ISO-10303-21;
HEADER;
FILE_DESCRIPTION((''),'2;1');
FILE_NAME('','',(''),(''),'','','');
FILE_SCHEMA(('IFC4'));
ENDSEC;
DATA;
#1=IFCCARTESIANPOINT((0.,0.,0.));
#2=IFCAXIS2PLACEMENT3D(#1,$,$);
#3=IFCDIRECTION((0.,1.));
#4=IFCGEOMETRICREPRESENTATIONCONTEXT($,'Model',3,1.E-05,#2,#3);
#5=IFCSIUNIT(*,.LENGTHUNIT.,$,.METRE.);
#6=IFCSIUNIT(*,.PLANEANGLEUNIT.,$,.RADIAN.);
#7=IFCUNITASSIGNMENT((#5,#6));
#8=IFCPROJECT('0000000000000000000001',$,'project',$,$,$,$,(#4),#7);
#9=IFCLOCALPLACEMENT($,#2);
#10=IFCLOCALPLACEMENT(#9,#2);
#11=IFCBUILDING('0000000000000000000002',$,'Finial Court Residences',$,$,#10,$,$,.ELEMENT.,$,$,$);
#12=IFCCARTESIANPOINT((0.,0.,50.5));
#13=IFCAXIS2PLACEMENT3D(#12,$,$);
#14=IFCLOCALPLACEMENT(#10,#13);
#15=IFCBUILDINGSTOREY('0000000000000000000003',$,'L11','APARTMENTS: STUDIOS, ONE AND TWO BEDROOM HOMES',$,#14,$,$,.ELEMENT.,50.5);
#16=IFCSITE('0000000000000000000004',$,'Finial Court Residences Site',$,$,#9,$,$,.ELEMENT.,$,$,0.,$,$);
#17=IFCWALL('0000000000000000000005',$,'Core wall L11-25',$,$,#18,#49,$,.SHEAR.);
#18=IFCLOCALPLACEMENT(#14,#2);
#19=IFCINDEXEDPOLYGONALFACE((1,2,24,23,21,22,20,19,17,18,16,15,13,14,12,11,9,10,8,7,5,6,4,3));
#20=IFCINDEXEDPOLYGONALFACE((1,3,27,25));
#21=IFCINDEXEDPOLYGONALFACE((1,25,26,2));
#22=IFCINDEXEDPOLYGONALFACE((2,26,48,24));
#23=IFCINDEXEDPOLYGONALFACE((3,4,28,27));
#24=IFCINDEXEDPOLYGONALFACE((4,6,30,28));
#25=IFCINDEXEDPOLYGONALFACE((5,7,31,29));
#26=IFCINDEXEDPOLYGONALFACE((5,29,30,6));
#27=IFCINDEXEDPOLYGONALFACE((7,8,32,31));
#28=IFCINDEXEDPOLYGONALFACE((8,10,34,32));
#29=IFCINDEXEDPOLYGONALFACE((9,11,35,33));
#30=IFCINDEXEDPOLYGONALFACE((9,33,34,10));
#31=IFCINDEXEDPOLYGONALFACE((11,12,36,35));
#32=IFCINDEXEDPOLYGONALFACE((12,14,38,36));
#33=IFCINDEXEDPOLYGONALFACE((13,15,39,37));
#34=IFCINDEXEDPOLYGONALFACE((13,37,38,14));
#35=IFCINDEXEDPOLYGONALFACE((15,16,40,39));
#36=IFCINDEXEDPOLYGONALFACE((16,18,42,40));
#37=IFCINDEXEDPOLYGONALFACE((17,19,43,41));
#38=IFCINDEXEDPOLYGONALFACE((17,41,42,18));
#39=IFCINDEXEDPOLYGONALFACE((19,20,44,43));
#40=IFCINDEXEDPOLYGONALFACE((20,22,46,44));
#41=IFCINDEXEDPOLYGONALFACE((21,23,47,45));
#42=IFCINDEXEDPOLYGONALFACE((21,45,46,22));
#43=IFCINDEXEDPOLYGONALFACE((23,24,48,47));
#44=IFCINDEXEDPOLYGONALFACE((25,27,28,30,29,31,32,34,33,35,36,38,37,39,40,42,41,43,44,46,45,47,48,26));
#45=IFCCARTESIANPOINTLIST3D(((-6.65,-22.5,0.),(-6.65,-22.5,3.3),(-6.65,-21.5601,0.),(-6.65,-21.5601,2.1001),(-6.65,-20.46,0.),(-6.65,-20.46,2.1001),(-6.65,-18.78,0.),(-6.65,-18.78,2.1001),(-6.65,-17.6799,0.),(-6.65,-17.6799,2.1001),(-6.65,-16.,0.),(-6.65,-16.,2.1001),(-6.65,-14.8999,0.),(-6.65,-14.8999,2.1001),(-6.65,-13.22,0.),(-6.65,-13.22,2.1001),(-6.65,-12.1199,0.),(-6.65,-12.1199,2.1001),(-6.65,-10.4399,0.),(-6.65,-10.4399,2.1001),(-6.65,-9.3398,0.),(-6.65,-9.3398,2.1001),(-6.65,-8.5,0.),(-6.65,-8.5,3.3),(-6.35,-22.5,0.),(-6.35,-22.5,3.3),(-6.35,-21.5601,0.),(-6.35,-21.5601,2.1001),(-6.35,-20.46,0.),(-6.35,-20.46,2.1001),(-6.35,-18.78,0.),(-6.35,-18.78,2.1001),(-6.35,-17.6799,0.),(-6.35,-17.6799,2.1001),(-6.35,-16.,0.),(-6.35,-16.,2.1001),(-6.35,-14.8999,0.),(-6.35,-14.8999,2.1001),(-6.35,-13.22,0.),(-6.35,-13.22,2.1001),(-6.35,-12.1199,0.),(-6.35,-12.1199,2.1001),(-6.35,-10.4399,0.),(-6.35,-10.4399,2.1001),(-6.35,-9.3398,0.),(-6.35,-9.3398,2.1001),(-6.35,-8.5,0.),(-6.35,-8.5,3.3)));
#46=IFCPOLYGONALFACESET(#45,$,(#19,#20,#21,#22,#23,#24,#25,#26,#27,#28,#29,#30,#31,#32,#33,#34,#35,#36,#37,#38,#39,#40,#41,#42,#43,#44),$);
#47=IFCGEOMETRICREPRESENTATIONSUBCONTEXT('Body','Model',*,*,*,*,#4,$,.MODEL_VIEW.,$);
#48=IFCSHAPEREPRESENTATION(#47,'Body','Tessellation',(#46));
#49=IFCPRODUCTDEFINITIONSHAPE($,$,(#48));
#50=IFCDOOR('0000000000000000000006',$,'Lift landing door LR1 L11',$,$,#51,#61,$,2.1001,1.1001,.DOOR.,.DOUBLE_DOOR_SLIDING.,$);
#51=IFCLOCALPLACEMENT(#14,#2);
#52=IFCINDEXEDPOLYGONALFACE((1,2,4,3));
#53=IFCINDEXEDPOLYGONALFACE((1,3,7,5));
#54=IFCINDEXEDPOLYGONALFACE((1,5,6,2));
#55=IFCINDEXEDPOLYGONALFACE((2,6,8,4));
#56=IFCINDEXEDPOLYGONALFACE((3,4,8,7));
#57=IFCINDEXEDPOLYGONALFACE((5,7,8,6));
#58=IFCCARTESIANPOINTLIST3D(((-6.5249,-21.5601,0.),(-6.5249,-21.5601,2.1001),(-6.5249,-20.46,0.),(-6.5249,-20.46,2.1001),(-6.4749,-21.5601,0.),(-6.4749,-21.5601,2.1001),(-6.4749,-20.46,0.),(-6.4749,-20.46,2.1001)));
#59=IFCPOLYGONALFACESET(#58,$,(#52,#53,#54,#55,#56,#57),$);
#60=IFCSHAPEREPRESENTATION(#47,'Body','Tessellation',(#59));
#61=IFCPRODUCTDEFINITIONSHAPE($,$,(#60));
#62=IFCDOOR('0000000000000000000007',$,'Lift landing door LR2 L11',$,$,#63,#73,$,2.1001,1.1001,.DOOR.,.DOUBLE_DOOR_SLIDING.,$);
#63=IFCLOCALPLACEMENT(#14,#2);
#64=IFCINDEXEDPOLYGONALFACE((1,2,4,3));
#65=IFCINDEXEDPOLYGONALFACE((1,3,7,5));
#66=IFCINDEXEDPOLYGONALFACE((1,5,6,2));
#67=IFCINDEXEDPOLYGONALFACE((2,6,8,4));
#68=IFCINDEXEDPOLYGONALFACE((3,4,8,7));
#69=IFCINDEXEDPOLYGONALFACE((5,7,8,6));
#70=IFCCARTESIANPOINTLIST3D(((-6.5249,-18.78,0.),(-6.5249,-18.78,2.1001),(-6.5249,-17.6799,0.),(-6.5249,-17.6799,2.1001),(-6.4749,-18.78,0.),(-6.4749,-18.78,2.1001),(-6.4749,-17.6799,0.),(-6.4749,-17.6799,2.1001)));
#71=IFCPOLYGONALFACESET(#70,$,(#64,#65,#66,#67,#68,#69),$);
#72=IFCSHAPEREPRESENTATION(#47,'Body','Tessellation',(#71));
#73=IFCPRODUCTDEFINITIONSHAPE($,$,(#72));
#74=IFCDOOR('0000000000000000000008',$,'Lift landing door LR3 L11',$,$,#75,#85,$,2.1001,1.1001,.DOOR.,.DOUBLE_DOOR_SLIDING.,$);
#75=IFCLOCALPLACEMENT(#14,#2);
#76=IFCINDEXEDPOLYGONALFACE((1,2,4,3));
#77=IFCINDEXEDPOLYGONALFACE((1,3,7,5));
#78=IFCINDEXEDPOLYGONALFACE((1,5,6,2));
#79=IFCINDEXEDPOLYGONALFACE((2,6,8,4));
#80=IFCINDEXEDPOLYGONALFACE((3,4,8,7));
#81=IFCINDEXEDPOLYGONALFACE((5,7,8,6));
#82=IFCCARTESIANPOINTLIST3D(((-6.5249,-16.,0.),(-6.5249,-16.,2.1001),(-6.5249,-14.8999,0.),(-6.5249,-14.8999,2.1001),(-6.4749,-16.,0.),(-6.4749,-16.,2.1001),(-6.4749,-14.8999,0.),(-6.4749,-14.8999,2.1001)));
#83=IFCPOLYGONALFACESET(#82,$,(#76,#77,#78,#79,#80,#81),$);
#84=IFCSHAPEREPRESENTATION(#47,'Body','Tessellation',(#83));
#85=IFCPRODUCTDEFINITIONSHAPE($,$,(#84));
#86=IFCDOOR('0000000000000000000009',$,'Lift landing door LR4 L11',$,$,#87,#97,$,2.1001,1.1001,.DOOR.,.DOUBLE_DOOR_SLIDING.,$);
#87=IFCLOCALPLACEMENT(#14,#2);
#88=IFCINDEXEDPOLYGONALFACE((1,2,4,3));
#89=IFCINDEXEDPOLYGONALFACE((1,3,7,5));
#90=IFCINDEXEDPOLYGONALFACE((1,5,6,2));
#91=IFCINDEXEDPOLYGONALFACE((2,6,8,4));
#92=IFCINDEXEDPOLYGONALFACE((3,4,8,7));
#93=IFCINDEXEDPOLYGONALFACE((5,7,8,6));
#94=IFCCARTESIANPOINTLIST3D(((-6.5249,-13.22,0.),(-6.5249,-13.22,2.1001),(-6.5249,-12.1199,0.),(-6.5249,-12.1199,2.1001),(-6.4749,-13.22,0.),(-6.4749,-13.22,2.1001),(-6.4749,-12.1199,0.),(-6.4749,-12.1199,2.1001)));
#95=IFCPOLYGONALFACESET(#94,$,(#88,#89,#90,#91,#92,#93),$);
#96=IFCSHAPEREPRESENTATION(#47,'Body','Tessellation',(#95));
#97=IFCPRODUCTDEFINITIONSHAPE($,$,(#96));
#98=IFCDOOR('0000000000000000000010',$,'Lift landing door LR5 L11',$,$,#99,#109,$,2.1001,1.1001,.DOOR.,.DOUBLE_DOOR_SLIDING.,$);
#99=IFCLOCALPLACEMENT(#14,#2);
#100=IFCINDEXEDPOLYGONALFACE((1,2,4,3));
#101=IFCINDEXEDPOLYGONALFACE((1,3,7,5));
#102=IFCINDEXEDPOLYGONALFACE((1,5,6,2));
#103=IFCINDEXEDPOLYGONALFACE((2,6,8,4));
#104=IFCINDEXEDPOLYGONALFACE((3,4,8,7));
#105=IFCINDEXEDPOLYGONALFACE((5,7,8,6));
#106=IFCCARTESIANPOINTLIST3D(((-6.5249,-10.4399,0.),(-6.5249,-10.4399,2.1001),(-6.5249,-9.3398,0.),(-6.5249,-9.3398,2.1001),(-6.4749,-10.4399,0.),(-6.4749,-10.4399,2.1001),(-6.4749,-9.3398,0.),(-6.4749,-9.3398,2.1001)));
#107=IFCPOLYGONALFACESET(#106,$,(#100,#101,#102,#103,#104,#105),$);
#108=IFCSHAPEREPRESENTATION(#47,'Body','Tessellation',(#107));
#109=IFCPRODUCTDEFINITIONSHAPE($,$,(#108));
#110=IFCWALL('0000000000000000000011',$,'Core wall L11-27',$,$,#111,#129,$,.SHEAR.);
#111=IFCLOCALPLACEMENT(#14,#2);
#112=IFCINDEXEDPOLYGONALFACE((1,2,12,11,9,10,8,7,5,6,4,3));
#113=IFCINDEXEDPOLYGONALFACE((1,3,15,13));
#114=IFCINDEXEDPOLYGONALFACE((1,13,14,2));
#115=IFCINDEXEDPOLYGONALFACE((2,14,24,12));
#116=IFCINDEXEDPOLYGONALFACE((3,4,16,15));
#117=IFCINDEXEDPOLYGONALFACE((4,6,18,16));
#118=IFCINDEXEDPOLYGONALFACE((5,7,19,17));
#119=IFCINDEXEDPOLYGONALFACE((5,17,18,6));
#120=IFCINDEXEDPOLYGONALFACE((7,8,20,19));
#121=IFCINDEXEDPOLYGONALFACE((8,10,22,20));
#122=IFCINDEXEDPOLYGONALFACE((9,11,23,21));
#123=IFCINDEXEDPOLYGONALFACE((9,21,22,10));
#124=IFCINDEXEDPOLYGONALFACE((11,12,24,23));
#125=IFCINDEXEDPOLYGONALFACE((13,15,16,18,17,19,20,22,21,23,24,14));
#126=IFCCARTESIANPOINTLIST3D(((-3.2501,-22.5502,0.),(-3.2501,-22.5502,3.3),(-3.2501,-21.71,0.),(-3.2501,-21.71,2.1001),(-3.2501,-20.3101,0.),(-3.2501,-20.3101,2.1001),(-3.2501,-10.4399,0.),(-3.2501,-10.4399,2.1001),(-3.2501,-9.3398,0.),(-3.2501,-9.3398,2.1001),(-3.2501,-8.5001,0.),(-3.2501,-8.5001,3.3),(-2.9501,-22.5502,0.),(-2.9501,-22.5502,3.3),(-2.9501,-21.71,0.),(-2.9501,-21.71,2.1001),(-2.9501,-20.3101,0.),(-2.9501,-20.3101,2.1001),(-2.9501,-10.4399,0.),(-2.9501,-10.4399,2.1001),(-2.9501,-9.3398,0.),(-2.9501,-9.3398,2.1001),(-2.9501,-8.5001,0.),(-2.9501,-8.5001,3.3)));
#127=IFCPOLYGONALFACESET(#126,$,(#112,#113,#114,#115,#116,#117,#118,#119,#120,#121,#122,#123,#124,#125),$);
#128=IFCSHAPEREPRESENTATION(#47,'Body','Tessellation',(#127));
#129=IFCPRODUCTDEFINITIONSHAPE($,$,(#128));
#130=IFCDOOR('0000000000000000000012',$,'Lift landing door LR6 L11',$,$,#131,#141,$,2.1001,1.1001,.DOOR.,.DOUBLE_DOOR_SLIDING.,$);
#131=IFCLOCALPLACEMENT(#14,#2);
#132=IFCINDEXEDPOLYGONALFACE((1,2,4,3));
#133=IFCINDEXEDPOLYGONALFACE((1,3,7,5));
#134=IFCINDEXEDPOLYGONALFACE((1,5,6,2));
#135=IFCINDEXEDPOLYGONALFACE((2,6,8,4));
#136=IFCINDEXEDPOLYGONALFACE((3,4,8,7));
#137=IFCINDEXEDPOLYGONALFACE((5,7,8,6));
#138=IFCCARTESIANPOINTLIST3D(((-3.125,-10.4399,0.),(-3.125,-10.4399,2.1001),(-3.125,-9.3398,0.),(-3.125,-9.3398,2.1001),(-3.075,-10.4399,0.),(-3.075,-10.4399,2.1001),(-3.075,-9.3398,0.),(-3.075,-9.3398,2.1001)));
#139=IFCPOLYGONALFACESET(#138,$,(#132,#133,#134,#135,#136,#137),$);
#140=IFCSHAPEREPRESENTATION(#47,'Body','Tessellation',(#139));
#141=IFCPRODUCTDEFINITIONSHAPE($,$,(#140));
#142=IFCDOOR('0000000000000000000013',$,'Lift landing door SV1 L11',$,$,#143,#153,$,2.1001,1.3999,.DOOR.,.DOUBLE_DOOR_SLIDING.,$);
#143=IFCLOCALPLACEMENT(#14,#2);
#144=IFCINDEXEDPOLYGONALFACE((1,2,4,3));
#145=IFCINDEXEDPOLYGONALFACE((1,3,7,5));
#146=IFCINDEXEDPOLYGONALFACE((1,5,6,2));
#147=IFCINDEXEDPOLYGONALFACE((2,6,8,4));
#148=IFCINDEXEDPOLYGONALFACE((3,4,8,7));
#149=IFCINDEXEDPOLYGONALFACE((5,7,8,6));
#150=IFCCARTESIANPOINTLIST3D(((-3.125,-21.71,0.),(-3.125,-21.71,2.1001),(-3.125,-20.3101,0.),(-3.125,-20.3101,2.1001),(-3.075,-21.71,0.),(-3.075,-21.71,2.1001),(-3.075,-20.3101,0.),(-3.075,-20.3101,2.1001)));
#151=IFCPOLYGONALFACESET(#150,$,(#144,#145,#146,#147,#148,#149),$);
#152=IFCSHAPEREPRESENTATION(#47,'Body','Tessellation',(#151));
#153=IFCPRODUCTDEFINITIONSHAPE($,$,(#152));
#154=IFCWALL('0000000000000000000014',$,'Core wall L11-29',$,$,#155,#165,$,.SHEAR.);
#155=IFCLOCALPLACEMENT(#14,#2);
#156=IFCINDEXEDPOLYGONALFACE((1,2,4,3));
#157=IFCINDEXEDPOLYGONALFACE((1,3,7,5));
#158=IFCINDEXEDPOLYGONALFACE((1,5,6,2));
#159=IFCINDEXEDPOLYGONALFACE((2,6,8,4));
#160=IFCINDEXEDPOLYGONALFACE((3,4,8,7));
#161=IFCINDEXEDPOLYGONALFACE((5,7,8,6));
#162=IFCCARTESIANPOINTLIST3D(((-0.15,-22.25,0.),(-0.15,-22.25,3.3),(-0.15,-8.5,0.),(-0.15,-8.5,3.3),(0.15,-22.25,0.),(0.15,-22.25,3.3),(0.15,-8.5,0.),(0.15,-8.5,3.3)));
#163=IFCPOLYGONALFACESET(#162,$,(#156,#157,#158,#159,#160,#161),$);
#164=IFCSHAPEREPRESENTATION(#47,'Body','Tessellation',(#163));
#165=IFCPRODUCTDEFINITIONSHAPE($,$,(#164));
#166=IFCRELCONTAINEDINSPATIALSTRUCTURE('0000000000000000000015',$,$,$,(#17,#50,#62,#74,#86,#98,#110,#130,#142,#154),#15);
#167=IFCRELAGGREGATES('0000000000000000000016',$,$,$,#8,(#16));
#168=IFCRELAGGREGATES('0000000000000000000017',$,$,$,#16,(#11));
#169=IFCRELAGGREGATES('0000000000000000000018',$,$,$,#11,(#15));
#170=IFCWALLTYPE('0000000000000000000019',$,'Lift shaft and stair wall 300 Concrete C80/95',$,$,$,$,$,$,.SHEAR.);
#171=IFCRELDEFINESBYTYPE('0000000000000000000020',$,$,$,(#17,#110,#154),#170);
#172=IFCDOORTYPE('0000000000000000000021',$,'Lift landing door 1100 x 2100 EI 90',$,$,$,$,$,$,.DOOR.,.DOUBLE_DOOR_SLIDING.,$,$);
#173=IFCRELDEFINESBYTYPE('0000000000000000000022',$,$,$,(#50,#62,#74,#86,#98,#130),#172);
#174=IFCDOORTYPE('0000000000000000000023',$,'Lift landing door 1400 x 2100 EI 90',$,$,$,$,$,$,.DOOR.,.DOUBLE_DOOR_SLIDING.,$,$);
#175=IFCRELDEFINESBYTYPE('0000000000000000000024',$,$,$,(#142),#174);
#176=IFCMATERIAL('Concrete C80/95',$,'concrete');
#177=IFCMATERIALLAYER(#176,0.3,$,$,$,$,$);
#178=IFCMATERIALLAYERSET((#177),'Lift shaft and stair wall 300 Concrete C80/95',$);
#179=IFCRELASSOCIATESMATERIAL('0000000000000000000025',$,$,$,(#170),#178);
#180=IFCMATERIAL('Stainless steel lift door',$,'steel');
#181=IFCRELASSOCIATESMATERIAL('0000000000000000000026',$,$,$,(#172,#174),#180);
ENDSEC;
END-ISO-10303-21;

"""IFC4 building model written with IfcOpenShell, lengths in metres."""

from ifc_helpers import new_model, si_unit, direction, frame, frame_2d, origin, place, context, subcontext, project, spatial, rectangle, extrude, material, layer, layer_set, type_object, element, fill, save


model = new_model("IFC4")

# Units and contexts
model_context = context("Model", 3, precision=1e-05, world=origin(), true_north=direction((0.0, 1.0)))
body_context = subcontext(model_context, "Body", "Model", "MODEL_VIEW")
ifc_project = project(units=[si_unit("LENGTHUNIT", "METRE"), si_unit("PLANEANGLEUNIT", "RADIAN")], contexts=[model_context])

# Site, building, storey
site_placement = place(None, origin())
site = spatial("IfcSite", under=ifc_project, at=site_placement, Name="Finial Court Residences Site", CompositionType="ELEMENT", RefElevation=0.0)
building_placement = place(site_placement, origin())
building = spatial("IfcBuilding", under=site, at=building_placement, Name="Finial Court Residences", CompositionType="ELEMENT")
storey_placement = place(building_placement, frame((0.0, 0.0, 50.5)))
storey = spatial("IfcBuildingStorey", under=building, at=storey_placement, Name="L11", Description="APARTMENTS: STUDIOS, ONE AND TWO BEDROOM HOMES", CompositionType="ELEMENT", Elevation=50.5)

# Shared definitions
ifc_material_1 = material(Name="Concrete C80/95", Category="concrete")
ifc_layer_1 = layer(ifc_material_1, 0.3)
ifc_layer_set_1 = layer_set([ifc_layer_1], Name="Lift shaft and stair wall 300 Concrete C80/95")
wall_type_1 = type_object("IfcWallType", Name="Lift shaft and stair wall 300 Concrete C80/95", PredefinedType="SHEAR", material=ifc_layer_set_1)

# Walls, openings, doors
wall_1_placement = place(storey_placement, frame((-6.5, -22.5, 0.0), z_axis=(0.0, 0.0, 1.0), x_axis=(0.0, 1.0, 0.0)))
wall_1 = element("IfcWall", 1, at=wall_1_placement, inside=storey, type_object=wall_type_1, Name="Core wall L11-25", PredefinedType="SHEAR", context=body_context, shape_type="SweptSolid", body=[
    extrude(rectangle(XDim=14.0, YDim=0.3, at=frame_2d((7.0, 0.0))), origin(), (0.0, 0.0, 1.0), 3.3),
])
opening_1_placement = place(wall_1_placement, frame((0.9399, 0.0, 0.0)))
opening_1 = element("IfcOpeningElement", 2, at=opening_1_placement, cuts=wall_1, PredefinedType="OPENING", context=body_context, shape_type="SweptSolid", body=[
    extrude(rectangle(XDim=1.1001, YDim=2.1001, at=frame_2d((0.55, 1.05))), frame((0.0, 0.1599, 0.0), z_axis=(0.0, -1.0, 0.0), x_axis=(1.0, 0.0, 0.0)), (0.0, 0.0, 1.0), 0.3201),
])
opening_2_placement = place(wall_1_placement, frame((3.72, 0.0, 0.0)))
opening_2 = element("IfcOpeningElement", 3, at=opening_2_placement, cuts=wall_1, PredefinedType="OPENING", context=body_context, shape_type="SweptSolid", body=[
    extrude(rectangle(XDim=1.1001, YDim=2.1001, at=frame_2d((0.55, 1.05))), frame((0.0, 0.1599, 0.0), z_axis=(0.0, -1.0, 0.0), x_axis=(1.0, 0.0, 0.0)), (0.0, 0.0, 1.0), 0.3201),
])
opening_3_placement = place(wall_1_placement, frame((6.5, 0.0, 0.0)))
opening_3 = element("IfcOpeningElement", 4, at=opening_3_placement, cuts=wall_1, PredefinedType="OPENING", context=body_context, shape_type="SweptSolid", body=[
    extrude(rectangle(XDim=1.1001, YDim=2.1001, at=frame_2d((0.55, 1.05))), frame((0.0, 0.1599, 0.0), z_axis=(0.0, -1.0, 0.0), x_axis=(1.0, 0.0, 0.0)), (0.0, 0.0, 1.0), 0.3201),
])
opening_4_placement = place(wall_1_placement, frame((9.28, 0.0, 0.0)))
opening_4 = element("IfcOpeningElement", 5, at=opening_4_placement, cuts=wall_1, PredefinedType="OPENING", context=body_context, shape_type="SweptSolid", body=[
    extrude(rectangle(XDim=1.1001, YDim=2.1001, at=frame_2d((0.55, 1.05))), frame((0.0, 0.1599, 0.0), z_axis=(0.0, -1.0, 0.0), x_axis=(1.0, 0.0, 0.0)), (0.0, 0.0, 1.0), 0.3201),
])
opening_5_placement = place(wall_1_placement, frame((12.0601, 0.0, 0.0)))
opening_5 = element("IfcOpeningElement", 6, at=opening_5_placement, cuts=wall_1, PredefinedType="OPENING", context=body_context, shape_type="SweptSolid", body=[
    extrude(rectangle(XDim=1.1001, YDim=2.1001, at=frame_2d((0.55, 1.05))), frame((0.0, 0.1599, 0.0), z_axis=(0.0, -1.0, 0.0), x_axis=(1.0, 0.0, 0.0)), (0.0, 0.0, 1.0), 0.3201),
])
ifc_material_2 = material(Name="Stainless steel lift door", Category="steel")
door_type_1 = type_object("IfcDoorType", Name="Lift landing door 1100 x 2100 EI 90", OperationType="DOUBLE_DOOR_SLIDING", PredefinedType="DOOR", material=ifc_material_2)
door_1_placement = place(opening_1_placement, origin())
door_1 = element("IfcDoor", 7, at=door_1_placement, inside=storey, type_object=door_type_1, Name="Lift landing door LR1 L11", OperationType="DOUBLE_DOOR_SLIDING", OverallHeight=2.1001, OverallWidth=1.1001, PredefinedType="DOOR", context=body_context, shape_type="SweptSolid", body=[
    extrude(rectangle(XDim=1.1001, YDim=2.1001, at=frame_2d((0.55, 1.05))), frame((0.0, 0.0249, 0.0), z_axis=(0.0, -1.0, 0.0), x_axis=(1.0, 0.0, 0.0)), (0.0, 0.0, 1.0), 0.05),
])
fill(opening_1, door_1)
door_2_placement = place(opening_2_placement, origin())
door_2 = element("IfcDoor", 8, at=door_2_placement, inside=storey, type_object=door_type_1, Name="Lift landing door LR2 L11", OperationType="DOUBLE_DOOR_SLIDING", OverallHeight=2.1001, OverallWidth=1.1001, PredefinedType="DOOR", context=body_context, shape_type="SweptSolid", body=[
    extrude(rectangle(XDim=1.1001, YDim=2.1001, at=frame_2d((0.55, 1.05))), frame((0.0, 0.0249, 0.0), z_axis=(0.0, -1.0, 0.0), x_axis=(1.0, 0.0, 0.0)), (0.0, 0.0, 1.0), 0.05),
])
fill(opening_2, door_2)
door_3_placement = place(opening_3_placement, origin())
door_3 = element("IfcDoor", 9, at=door_3_placement, inside=storey, type_object=door_type_1, Name="Lift landing door LR3 L11", OperationType="DOUBLE_DOOR_SLIDING", OverallHeight=2.1001, OverallWidth=1.1001, PredefinedType="DOOR", context=body_context, shape_type="SweptSolid", body=[
    extrude(rectangle(XDim=1.1001, YDim=2.1001, at=frame_2d((0.55, 1.05))), frame((0.0, 0.0249, 0.0), z_axis=(0.0, -1.0, 0.0), x_axis=(1.0, 0.0, 0.0)), (0.0, 0.0, 1.0), 0.05),
])
fill(opening_3, door_3)
door_4_placement = place(opening_4_placement, origin())
door_4 = element("IfcDoor", 10, at=door_4_placement, inside=storey, type_object=door_type_1, Name="Lift landing door LR4 L11", OperationType="DOUBLE_DOOR_SLIDING", OverallHeight=2.1001, OverallWidth=1.1001, PredefinedType="DOOR", context=body_context, shape_type="SweptSolid", body=[
    extrude(rectangle(XDim=1.1001, YDim=2.1001, at=frame_2d((0.55, 1.05))), frame((0.0, 0.0249, 0.0), z_axis=(0.0, -1.0, 0.0), x_axis=(1.0, 0.0, 0.0)), (0.0, 0.0, 1.0), 0.05),
])
fill(opening_4, door_4)
door_5_placement = place(opening_5_placement, origin())
door_5 = element("IfcDoor", 11, at=door_5_placement, inside=storey, type_object=door_type_1, Name="Lift landing door LR5 L11", OperationType="DOUBLE_DOOR_SLIDING", OverallHeight=2.1001, OverallWidth=1.1001, PredefinedType="DOOR", context=body_context, shape_type="SweptSolid", body=[
    extrude(rectangle(XDim=1.1001, YDim=2.1001, at=frame_2d((0.55, 1.05))), frame((0.0, 0.0249, 0.0), z_axis=(0.0, -1.0, 0.0), x_axis=(1.0, 0.0, 0.0)), (0.0, 0.0, 1.0), 0.05),
])
fill(opening_5, door_5)
wall_2_placement = place(storey_placement, frame((-3.1001, -22.55, 0.0), z_axis=(0.0, 0.0, 1.0), x_axis=(0.0, 1.0, 0.0)))
wall_2 = element("IfcWall", 12, at=wall_2_placement, inside=storey, type_object=wall_type_1, Name="Core wall L11-27", PredefinedType="SHEAR", context=body_context, shape_type="SweptSolid", body=[
    extrude(rectangle(XDim=14.05, YDim=0.3, at=frame_2d((7.0249, 0.0))), origin(), (0.0, 0.0, 1.0), 3.3),
])
opening_6_placement = place(wall_2_placement, frame((12.1101, 0.0, 0.0)))
opening_6 = element("IfcOpeningElement", 13, at=opening_6_placement, cuts=wall_2, PredefinedType="OPENING", context=body_context, shape_type="SweptSolid", body=[
    extrude(rectangle(XDim=1.1001, YDim=2.1001, at=frame_2d((0.55, 1.05))), frame((0.0, 0.1599, 0.0), z_axis=(0.0, -1.0, 0.0), x_axis=(1.0, 0.0, 0.0)), (0.0, 0.0, 1.0), 0.3201),
])
opening_7_placement = place(wall_2_placement, frame((0.8401, 0.0, 0.0)))
opening_7 = element("IfcOpeningElement", 14, at=opening_7_placement, cuts=wall_2, PredefinedType="OPENING", context=body_context, shape_type="SweptSolid", body=[
    extrude(rectangle(XDim=1.3999, YDim=2.1001, at=frame_2d((0.7, 1.05))), frame((0.0, 0.1599, 0.0), z_axis=(0.0, -1.0, 0.0), x_axis=(1.0, 0.0, 0.0)), (0.0, 0.0, 1.0), 0.3201),
])
door_6_placement = place(opening_6_placement, origin())
door_6 = element("IfcDoor", 15, at=door_6_placement, inside=storey, type_object=door_type_1, Name="Lift landing door LR6 L11", OperationType="DOUBLE_DOOR_SLIDING", OverallHeight=2.1001, OverallWidth=1.1001, PredefinedType="DOOR", context=body_context, shape_type="SweptSolid", body=[
    extrude(rectangle(XDim=1.1001, YDim=2.1001, at=frame_2d((0.55, 1.05))), frame((0.0, 0.0249, 0.0), z_axis=(0.0, -1.0, 0.0), x_axis=(1.0, 0.0, 0.0)), (0.0, 0.0, 1.0), 0.05),
])
fill(opening_6, door_6)
door_type_2 = type_object("IfcDoorType", Name="Lift landing door 1400 x 2100 EI 90", OperationType="DOUBLE_DOOR_SLIDING", PredefinedType="DOOR", material=ifc_material_2)
door_7_placement = place(opening_7_placement, origin())
door_7 = element("IfcDoor", 16, at=door_7_placement, inside=storey, type_object=door_type_2, Name="Lift landing door SV1 L11", OperationType="DOUBLE_DOOR_SLIDING", OverallHeight=2.1001, OverallWidth=1.3999, PredefinedType="DOOR", context=body_context, shape_type="SweptSolid", body=[
    extrude(rectangle(XDim=1.3999, YDim=2.1001, at=frame_2d((0.7, 1.05))), frame((0.0, 0.0249, 0.0), z_axis=(0.0, -1.0, 0.0), x_axis=(1.0, 0.0, 0.0)), (0.0, 0.0, 1.0), 0.05),
])
fill(opening_7, door_7)

# Wall
wall_3_placement = place(storey_placement, frame((0.0, -22.25, 0.0), z_axis=(0.0, 0.0, 1.0), x_axis=(0.0, 1.0, 0.0)))
element("IfcWall", 17, at=wall_3_placement, inside=storey, type_object=wall_type_1, Name="Core wall L11-29", PredefinedType="SHEAR", context=body_context, shape_type="SweptSolid", body=[
    extrude(rectangle(XDim=13.75, YDim=0.3, at=frame_2d((6.875, 0.0))), origin(), (0.0, 0.0, 1.0), 3.3),
])

save(model, "model.ifc")
